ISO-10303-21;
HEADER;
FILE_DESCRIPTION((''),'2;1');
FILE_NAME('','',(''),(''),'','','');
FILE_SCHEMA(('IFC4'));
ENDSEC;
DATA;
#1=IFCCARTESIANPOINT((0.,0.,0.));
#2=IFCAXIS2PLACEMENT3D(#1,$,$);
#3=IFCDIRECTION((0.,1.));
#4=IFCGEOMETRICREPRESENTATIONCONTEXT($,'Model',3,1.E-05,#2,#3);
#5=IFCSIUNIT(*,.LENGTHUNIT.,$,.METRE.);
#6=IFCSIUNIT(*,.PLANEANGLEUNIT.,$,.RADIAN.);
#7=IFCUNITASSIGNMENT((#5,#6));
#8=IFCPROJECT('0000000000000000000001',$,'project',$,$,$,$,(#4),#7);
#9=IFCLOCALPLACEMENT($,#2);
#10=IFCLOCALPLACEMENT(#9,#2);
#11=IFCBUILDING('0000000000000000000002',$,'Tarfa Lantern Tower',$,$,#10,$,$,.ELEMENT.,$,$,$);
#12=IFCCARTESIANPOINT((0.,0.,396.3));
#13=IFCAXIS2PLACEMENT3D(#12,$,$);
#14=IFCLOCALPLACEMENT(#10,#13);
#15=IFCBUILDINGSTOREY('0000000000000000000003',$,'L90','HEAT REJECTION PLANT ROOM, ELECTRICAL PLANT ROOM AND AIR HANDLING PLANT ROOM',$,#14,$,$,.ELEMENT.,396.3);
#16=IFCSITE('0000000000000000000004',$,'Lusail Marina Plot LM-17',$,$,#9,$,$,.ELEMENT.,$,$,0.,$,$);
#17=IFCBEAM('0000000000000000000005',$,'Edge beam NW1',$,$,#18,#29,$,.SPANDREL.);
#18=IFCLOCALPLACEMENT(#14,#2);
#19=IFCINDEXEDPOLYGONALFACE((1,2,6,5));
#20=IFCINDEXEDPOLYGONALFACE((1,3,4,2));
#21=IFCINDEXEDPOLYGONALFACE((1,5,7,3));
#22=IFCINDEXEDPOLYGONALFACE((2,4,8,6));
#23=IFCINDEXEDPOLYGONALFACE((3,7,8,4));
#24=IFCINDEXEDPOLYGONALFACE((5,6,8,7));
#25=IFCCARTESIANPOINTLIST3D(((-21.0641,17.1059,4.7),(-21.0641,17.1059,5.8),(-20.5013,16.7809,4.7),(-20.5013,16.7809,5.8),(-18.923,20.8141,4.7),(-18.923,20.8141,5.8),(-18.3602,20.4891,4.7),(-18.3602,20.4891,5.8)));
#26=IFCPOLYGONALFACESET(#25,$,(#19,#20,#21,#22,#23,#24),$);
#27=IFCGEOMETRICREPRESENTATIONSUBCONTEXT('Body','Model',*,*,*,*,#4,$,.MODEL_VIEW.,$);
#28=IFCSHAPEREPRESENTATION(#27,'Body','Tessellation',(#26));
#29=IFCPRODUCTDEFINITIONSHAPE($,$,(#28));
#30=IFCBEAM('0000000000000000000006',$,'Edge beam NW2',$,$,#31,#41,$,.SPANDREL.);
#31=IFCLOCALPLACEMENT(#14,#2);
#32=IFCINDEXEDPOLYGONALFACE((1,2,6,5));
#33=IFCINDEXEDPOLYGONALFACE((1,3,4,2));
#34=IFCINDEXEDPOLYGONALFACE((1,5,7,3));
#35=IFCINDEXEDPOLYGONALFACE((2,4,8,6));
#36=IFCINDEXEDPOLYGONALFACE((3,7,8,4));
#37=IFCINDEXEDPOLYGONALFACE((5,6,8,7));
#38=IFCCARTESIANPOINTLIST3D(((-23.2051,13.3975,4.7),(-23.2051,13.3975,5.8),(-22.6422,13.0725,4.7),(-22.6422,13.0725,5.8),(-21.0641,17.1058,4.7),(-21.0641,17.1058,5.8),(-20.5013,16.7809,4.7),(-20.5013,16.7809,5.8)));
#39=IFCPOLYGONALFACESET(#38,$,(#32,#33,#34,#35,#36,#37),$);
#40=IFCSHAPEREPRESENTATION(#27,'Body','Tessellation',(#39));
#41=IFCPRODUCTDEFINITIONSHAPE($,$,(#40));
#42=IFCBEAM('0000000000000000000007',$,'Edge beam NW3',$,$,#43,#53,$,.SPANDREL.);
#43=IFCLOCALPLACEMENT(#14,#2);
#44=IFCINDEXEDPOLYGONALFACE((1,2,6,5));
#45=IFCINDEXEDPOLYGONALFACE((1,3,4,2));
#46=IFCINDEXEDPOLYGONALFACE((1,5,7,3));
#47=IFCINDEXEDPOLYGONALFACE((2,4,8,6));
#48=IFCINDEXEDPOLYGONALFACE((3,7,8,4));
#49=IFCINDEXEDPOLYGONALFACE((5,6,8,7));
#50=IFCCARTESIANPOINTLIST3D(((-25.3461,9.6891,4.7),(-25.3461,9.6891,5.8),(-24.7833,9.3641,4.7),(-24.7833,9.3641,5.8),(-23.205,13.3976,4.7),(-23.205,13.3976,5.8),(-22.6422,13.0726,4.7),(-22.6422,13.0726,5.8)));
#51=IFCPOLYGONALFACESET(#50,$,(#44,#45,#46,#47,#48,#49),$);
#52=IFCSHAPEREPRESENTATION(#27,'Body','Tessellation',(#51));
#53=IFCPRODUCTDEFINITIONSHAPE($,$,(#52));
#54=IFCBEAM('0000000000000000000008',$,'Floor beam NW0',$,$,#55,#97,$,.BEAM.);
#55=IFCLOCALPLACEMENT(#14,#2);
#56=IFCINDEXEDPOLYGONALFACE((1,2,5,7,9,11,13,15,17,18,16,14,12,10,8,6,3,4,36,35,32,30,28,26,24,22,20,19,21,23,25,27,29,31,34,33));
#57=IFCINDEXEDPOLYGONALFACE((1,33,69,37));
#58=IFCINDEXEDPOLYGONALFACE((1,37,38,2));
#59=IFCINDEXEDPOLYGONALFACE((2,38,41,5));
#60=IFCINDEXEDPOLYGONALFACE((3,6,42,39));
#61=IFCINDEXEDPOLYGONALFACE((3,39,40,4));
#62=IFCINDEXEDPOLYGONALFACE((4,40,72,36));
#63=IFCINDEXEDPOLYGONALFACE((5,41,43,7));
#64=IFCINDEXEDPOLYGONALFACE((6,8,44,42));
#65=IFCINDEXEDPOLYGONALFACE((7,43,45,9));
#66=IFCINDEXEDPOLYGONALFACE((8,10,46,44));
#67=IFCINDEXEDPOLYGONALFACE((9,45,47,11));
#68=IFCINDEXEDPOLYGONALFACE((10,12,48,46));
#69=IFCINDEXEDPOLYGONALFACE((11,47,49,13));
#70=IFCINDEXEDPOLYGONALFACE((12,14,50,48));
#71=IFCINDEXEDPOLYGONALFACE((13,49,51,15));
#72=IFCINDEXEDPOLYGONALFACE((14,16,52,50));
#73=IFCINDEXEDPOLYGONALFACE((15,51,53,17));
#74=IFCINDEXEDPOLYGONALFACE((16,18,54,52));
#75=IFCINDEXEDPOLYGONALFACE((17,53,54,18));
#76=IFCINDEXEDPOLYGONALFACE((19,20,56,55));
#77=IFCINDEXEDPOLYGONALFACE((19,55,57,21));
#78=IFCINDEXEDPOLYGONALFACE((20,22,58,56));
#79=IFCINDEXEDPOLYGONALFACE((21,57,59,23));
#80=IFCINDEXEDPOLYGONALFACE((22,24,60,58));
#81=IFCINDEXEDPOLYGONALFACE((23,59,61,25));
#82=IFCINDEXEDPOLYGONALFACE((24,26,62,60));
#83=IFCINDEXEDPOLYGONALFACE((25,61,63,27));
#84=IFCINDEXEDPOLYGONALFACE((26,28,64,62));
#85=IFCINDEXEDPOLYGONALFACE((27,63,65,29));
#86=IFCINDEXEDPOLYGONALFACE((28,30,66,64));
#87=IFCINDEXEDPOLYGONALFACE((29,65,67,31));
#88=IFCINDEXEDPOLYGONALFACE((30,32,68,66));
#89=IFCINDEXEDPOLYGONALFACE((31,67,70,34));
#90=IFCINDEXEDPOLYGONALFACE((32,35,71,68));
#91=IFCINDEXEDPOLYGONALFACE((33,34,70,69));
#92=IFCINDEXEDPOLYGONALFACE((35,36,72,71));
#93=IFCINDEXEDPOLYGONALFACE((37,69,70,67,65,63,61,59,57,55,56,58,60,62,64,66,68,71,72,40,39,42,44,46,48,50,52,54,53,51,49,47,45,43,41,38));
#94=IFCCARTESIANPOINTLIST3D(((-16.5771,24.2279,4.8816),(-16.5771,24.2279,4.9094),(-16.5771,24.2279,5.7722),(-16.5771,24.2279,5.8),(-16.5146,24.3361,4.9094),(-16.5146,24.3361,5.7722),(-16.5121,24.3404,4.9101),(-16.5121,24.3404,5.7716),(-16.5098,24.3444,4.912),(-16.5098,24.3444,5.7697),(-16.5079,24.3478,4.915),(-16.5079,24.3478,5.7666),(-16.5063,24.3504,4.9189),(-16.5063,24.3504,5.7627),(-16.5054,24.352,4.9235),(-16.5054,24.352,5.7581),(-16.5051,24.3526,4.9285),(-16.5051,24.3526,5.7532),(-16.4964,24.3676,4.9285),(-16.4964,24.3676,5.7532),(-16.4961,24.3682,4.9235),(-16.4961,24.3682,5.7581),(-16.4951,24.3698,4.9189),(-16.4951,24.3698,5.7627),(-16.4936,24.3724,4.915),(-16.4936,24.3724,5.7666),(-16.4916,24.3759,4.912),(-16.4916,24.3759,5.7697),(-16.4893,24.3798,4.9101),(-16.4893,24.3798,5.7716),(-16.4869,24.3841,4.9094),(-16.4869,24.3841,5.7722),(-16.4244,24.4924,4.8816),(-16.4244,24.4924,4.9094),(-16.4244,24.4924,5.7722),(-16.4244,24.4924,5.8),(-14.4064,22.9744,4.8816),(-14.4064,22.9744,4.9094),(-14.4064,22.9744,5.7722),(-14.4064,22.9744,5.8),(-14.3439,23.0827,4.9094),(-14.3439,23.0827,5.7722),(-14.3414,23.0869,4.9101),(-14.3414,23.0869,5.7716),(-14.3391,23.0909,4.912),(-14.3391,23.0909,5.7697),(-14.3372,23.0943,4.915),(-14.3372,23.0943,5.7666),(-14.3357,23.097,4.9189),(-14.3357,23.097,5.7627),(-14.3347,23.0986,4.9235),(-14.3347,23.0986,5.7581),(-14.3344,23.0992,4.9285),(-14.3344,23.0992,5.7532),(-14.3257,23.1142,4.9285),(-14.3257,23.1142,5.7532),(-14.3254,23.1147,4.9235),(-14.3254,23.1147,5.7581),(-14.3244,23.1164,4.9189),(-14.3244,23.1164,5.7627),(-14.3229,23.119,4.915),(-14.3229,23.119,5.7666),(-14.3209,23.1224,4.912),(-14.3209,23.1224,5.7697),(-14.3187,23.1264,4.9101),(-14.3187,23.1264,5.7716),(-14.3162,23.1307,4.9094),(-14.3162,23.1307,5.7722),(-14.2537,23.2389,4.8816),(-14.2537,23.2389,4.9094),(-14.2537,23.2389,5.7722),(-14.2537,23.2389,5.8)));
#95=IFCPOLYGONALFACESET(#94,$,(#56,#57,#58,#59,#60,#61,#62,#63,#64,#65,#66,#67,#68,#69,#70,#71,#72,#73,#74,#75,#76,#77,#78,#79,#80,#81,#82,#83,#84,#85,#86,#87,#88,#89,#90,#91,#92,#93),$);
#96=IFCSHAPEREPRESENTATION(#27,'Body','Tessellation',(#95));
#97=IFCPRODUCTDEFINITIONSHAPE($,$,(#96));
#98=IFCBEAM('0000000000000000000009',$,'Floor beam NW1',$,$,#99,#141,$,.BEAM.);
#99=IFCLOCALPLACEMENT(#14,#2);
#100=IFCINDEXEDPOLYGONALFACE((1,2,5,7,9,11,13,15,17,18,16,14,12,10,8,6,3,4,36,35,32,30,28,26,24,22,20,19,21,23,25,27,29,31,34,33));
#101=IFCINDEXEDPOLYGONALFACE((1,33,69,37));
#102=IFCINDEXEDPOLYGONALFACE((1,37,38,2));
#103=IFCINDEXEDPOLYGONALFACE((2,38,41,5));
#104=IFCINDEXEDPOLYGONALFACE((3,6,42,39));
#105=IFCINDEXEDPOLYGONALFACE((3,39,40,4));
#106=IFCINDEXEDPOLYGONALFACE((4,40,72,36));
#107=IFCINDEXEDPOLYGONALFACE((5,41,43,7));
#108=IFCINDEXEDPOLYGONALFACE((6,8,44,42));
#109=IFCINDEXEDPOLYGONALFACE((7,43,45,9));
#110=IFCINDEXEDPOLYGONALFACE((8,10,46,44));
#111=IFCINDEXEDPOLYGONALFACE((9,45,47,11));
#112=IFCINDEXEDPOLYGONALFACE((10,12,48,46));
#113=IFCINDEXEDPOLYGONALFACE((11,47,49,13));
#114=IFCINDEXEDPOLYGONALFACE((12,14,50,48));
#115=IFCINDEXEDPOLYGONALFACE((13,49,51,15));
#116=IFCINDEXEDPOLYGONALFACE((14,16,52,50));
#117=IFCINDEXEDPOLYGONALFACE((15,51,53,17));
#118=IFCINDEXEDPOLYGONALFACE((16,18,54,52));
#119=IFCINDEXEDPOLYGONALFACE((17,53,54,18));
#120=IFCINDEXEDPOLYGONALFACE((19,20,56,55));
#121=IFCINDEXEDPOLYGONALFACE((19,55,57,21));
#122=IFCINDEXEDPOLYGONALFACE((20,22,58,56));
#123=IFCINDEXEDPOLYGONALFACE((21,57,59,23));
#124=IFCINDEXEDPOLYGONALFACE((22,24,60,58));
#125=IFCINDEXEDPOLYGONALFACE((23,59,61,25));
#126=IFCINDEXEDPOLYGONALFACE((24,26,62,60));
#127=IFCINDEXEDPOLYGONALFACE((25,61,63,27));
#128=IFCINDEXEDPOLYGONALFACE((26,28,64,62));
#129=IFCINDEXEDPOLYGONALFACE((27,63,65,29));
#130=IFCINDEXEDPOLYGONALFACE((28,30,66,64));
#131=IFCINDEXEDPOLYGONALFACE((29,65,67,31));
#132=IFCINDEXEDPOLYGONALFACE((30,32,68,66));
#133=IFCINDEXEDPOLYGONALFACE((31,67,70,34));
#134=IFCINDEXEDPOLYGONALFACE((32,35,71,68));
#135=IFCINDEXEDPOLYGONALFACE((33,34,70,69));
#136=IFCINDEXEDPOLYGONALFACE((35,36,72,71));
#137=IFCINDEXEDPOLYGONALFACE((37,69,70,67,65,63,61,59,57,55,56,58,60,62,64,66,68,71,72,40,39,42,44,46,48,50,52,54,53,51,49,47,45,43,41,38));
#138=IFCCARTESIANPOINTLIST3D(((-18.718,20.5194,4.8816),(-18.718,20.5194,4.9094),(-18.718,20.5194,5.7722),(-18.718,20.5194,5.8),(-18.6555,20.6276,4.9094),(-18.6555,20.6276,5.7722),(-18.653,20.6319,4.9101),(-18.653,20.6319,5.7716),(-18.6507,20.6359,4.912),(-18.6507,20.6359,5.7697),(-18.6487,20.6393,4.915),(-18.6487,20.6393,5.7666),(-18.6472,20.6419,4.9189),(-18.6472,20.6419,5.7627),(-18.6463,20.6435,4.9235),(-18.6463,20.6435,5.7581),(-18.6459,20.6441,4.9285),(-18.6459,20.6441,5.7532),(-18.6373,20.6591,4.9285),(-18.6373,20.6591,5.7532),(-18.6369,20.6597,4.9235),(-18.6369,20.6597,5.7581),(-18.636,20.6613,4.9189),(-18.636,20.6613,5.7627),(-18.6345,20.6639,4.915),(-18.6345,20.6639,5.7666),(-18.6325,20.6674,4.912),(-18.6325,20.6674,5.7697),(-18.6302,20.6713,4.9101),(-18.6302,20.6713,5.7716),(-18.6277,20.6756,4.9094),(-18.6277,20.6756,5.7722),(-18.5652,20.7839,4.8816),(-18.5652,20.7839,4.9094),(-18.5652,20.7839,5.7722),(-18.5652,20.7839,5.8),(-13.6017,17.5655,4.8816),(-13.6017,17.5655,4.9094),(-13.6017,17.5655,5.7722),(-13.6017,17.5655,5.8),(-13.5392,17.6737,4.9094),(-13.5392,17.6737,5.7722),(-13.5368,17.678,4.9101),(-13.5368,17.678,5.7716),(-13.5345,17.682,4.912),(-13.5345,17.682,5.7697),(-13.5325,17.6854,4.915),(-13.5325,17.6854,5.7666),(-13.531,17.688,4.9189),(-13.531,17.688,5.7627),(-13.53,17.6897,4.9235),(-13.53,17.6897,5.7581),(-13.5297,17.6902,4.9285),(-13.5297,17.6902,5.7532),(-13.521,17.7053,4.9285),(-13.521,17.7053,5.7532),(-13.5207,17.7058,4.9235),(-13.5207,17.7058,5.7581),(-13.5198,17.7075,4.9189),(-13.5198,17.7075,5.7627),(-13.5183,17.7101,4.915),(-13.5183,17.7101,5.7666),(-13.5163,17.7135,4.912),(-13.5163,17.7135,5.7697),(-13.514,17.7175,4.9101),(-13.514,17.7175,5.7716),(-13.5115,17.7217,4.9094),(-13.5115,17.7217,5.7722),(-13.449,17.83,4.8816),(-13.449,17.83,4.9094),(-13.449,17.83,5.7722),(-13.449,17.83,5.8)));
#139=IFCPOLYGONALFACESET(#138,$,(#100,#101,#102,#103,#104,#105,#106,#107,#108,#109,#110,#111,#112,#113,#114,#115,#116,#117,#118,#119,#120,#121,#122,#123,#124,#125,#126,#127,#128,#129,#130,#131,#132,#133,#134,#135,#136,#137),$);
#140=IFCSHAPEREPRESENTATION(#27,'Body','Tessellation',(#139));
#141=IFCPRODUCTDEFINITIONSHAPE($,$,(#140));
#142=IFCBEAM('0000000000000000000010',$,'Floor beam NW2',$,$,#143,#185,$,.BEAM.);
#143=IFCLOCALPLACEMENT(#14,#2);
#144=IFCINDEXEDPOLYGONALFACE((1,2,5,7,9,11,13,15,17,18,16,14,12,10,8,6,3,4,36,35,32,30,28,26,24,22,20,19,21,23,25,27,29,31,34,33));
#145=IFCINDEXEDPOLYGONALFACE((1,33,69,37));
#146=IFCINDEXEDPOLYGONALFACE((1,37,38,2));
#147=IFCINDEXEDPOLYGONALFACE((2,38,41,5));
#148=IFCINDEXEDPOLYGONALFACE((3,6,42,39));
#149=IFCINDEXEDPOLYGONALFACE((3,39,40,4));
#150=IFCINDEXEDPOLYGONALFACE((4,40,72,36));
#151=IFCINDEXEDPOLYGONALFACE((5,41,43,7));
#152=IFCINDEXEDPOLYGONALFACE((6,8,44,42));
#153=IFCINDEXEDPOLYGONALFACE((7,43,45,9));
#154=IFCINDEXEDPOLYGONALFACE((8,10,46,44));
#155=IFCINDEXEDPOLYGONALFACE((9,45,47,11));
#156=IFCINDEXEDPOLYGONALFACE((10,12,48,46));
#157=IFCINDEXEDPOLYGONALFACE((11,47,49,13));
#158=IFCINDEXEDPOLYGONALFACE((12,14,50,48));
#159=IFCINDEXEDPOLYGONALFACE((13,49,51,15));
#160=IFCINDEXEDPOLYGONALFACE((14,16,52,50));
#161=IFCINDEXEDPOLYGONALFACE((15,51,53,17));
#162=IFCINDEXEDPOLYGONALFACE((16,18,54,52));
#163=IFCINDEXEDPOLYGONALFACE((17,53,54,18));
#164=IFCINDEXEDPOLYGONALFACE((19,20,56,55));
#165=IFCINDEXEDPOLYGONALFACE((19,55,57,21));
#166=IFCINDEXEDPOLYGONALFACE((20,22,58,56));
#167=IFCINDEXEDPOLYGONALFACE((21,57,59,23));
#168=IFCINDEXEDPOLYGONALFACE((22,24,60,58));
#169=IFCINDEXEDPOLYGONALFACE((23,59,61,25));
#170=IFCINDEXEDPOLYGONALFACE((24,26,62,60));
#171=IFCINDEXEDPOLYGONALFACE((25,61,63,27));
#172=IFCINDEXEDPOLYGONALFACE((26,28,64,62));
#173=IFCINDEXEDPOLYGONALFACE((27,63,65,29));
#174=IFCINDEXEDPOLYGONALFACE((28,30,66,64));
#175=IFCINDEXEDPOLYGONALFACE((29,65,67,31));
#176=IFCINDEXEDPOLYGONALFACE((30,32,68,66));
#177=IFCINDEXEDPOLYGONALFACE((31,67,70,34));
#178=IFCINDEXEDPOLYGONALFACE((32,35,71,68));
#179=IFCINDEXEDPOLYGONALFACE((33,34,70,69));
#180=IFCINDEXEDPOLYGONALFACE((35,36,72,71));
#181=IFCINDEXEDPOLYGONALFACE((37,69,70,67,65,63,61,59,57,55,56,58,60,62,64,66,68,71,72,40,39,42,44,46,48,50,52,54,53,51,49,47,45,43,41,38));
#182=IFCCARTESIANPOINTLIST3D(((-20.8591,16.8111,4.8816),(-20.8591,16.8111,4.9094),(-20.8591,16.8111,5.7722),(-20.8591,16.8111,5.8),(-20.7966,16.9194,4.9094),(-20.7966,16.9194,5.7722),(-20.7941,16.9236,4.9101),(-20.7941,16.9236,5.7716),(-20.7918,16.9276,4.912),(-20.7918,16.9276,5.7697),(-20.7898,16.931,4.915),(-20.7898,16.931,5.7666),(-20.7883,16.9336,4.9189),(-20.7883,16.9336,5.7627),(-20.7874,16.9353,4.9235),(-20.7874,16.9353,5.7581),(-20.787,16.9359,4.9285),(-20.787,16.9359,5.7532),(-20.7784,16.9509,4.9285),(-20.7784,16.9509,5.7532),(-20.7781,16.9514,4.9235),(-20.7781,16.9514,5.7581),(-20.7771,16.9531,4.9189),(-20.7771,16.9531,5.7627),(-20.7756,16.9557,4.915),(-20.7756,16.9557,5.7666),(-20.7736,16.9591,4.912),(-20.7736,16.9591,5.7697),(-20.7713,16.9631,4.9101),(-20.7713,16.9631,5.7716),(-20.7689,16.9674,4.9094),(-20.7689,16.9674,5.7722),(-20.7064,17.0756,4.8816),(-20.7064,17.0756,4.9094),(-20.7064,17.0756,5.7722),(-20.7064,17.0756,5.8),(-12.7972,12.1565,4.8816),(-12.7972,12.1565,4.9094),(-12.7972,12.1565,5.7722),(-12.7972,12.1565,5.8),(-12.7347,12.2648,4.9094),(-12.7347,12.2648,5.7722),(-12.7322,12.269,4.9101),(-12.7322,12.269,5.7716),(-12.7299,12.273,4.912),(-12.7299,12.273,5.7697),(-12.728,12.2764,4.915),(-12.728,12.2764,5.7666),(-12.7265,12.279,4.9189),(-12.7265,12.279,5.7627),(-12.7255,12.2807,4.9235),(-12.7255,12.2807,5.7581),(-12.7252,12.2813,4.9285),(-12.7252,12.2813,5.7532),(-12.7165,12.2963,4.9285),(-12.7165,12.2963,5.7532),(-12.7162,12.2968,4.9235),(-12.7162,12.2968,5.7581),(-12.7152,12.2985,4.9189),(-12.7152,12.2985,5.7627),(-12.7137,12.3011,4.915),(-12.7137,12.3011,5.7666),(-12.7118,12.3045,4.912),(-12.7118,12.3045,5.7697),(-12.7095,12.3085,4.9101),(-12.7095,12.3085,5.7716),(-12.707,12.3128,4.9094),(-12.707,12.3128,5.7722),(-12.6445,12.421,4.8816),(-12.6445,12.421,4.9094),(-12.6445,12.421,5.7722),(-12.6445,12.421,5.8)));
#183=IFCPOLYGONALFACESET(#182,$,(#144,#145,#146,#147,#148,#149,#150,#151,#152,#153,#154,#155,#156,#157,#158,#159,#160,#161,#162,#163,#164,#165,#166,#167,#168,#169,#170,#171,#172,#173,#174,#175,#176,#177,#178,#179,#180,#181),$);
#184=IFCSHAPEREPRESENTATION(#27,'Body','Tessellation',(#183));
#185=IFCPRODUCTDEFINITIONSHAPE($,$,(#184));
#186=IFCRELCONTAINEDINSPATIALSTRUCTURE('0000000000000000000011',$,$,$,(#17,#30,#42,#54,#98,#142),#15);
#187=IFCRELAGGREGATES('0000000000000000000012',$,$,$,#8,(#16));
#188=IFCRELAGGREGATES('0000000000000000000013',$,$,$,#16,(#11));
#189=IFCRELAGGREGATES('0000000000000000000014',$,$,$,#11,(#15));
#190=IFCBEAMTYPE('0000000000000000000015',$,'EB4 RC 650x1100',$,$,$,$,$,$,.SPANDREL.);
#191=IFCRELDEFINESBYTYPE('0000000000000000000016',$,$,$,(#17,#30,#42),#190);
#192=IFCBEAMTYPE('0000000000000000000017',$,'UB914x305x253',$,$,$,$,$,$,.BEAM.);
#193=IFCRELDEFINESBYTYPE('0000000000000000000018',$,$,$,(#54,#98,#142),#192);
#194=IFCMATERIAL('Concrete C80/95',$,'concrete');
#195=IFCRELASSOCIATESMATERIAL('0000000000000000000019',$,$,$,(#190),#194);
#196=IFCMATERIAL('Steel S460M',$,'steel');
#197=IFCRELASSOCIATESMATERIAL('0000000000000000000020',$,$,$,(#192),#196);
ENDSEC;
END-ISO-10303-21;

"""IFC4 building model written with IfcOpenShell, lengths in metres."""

from ifc_helpers import new_model, si_unit, direction, frame, origin, origin_2d, place, context, subcontext, project, spatial, rectangle, i_section, extrude, material, material_profile, profile_set, type_object, element, save


model = new_model("IFC4")

# Units and contexts
model_context = context("Model", 3, precision=1e-05, world=origin(), true_north=direction((0.0, 1.0)))
body_context = subcontext(model_context, "Body", "Model", "MODEL_VIEW")
ifc_project = project(units=[si_unit("LENGTHUNIT", "METRE"), si_unit("PLANEANGLEUNIT", "RADIAN")], contexts=[model_context])

# Site, building, storey
site_placement = place(None, origin())
site = spatial("IfcSite", under=ifc_project, at=site_placement, Name="Lusail Marina Plot LM-17", CompositionType="ELEMENT", RefElevation=0.0)
building_placement = place(site_placement, origin())
building = spatial("IfcBuilding", under=site, at=building_placement, Name="Tarfa Lantern Tower", CompositionType="ELEMENT")
storey_placement = place(building_placement, frame((0.0, 0.0, 396.3)))
storey = spatial("IfcBuildingStorey", under=building, at=storey_placement, Name="L90", Description="HEAT REJECTION PLANT ROOM, ELECTRICAL PLANT ROOM AND AIR HANDLING PLANT ROOM", CompositionType="ELEMENT", Elevation=396.3)

# Shared definitions
ifc_material_1 = material(Name="Concrete C80/95", Category="concrete")

# Beams
ifc_material_profile_1 = material_profile(ifc_material_1, rectangle(XDim=0.6499, YDim=1.1001, at=origin_2d()), Name="RC 650x1100")
ifc_profile_set_1 = profile_set([ifc_material_profile_1], Name="Concrete C80/95")
beam_type_1 = type_object("IfcBeamType", Name="EB4 RC 650x1100", PredefinedType="SPANDREL", material=ifc_profile_set_1)
for number, where, z_axis, x_axis, name in (
    (1, (-18.6416, 20.6516, 5.25), (-0.500027, -0.86601, 0.0), (0.86601, -0.500027, 0.0), "Edge beam NW1"),
    (2, (-20.7827, 16.9434, 5.25), (-0.499984, -0.866035, 0.0), (0.866035, -0.499984, 0.0), "Edge beam NW2"),
):
    element("IfcBeam", number, at=place(storey_placement, frame(where, z_axis=z_axis, x_axis=x_axis)), inside=storey, type_object=beam_type_1, Name=name, PredefinedType="SPANDREL", context=body_context, shape_type="SweptSolid", body=[
        extrude(rectangle(XDim=0.6499, YDim=1.1001, at=origin_2d()), origin(), (0.0, 0.0, 1.0), 4.282),
    ])
beam_1_placement = place(storey_placement, frame((-22.9236, 13.2351, 5.25), z_axis=(-0.500002, -0.866024, 0.0), x_axis=(0.866024, -0.500002, 0.0)))
element("IfcBeam", 3, at=beam_1_placement, inside=storey, type_object=beam_type_1, Name="Edge beam NW3", PredefinedType="SPANDREL", context=body_context, shape_type="SweptSolid", body=[
    extrude(rectangle(XDim=0.6499, YDim=1.1001, at=origin_2d()), origin(), (0.0, 0.0, 1.0), 4.2822),
])
ifc_material_2 = material(Name="Steel S460M", Category="steel")
ifc_material_profile_2 = material_profile(ifc_material_2, i_section(OverallWidth=0.3054, OverallDepth=0.9185, WebThickness=0.0173, FlangeThickness=0.0278, FilletRadius=0.019, at=origin_2d()), Name="UB914x305x253")
ifc_profile_set_2 = profile_set([ifc_material_profile_2], Name="Steel S460M")
beam_type_2 = type_object("IfcBeamType", Name="UB914x305x253", PredefinedType="BEAM", material=ifc_profile_set_2)
beam_2_placement = place(storey_placement, frame((-16.5007, 24.3601, 5.3408), z_axis=(0.865993, -0.500057, 0.0), x_axis=(0.500057, 0.865993, 0.0)))
element("IfcBeam", 4, at=beam_2_placement, inside=storey, type_object=beam_type_2, Name="Floor beam NW0", PredefinedType="BEAM", context=body_context, shape_type="SweptSolid", body=[
    extrude(i_section(OverallWidth=0.3054, OverallDepth=0.9185, WebThickness=0.0173, FlangeThickness=0.0278, FilletRadius=0.019, at=origin_2d()), origin(), (0.0, 0.0, 1.0), 2.5066),
])
beam_3_placement = place(storey_placement, frame((-18.6416, 20.6516, 5.3408), z_axis=(0.866025, -0.500001, 0.0), x_axis=(0.500001, 0.866025, 0.0)))
element("IfcBeam", 5, at=beam_3_placement, inside=storey, type_object=beam_type_2, Name="Floor beam NW1", PredefinedType="BEAM", context=body_context, shape_type="SweptSolid", body=[
    extrude(i_section(OverallWidth=0.3054, OverallDepth=0.9185, WebThickness=0.0173, FlangeThickness=0.0278, FilletRadius=0.019, at=origin_2d()), origin(), (0.0, 0.0, 1.0), 5.9077),
])
beam_4_placement = place(storey_placement, frame((-20.7827, 16.9434, 5.3408), z_axis=(0.866022, -0.500006, 0.0), x_axis=(0.500006, 0.866022, 0.0)))
element("IfcBeam", 6, at=beam_4_placement, inside=storey, type_object=beam_type_2, Name="Floor beam NW2", PredefinedType="BEAM", context=body_context, shape_type="SweptSolid", body=[
    extrude(i_section(OverallWidth=0.3054, OverallDepth=0.9185, WebThickness=0.0173, FlangeThickness=0.0278, FilletRadius=0.019, at=origin_2d()), origin(), (0.0, 0.0, 1.0), 9.3091),
])

save(model, "model.ifc")
